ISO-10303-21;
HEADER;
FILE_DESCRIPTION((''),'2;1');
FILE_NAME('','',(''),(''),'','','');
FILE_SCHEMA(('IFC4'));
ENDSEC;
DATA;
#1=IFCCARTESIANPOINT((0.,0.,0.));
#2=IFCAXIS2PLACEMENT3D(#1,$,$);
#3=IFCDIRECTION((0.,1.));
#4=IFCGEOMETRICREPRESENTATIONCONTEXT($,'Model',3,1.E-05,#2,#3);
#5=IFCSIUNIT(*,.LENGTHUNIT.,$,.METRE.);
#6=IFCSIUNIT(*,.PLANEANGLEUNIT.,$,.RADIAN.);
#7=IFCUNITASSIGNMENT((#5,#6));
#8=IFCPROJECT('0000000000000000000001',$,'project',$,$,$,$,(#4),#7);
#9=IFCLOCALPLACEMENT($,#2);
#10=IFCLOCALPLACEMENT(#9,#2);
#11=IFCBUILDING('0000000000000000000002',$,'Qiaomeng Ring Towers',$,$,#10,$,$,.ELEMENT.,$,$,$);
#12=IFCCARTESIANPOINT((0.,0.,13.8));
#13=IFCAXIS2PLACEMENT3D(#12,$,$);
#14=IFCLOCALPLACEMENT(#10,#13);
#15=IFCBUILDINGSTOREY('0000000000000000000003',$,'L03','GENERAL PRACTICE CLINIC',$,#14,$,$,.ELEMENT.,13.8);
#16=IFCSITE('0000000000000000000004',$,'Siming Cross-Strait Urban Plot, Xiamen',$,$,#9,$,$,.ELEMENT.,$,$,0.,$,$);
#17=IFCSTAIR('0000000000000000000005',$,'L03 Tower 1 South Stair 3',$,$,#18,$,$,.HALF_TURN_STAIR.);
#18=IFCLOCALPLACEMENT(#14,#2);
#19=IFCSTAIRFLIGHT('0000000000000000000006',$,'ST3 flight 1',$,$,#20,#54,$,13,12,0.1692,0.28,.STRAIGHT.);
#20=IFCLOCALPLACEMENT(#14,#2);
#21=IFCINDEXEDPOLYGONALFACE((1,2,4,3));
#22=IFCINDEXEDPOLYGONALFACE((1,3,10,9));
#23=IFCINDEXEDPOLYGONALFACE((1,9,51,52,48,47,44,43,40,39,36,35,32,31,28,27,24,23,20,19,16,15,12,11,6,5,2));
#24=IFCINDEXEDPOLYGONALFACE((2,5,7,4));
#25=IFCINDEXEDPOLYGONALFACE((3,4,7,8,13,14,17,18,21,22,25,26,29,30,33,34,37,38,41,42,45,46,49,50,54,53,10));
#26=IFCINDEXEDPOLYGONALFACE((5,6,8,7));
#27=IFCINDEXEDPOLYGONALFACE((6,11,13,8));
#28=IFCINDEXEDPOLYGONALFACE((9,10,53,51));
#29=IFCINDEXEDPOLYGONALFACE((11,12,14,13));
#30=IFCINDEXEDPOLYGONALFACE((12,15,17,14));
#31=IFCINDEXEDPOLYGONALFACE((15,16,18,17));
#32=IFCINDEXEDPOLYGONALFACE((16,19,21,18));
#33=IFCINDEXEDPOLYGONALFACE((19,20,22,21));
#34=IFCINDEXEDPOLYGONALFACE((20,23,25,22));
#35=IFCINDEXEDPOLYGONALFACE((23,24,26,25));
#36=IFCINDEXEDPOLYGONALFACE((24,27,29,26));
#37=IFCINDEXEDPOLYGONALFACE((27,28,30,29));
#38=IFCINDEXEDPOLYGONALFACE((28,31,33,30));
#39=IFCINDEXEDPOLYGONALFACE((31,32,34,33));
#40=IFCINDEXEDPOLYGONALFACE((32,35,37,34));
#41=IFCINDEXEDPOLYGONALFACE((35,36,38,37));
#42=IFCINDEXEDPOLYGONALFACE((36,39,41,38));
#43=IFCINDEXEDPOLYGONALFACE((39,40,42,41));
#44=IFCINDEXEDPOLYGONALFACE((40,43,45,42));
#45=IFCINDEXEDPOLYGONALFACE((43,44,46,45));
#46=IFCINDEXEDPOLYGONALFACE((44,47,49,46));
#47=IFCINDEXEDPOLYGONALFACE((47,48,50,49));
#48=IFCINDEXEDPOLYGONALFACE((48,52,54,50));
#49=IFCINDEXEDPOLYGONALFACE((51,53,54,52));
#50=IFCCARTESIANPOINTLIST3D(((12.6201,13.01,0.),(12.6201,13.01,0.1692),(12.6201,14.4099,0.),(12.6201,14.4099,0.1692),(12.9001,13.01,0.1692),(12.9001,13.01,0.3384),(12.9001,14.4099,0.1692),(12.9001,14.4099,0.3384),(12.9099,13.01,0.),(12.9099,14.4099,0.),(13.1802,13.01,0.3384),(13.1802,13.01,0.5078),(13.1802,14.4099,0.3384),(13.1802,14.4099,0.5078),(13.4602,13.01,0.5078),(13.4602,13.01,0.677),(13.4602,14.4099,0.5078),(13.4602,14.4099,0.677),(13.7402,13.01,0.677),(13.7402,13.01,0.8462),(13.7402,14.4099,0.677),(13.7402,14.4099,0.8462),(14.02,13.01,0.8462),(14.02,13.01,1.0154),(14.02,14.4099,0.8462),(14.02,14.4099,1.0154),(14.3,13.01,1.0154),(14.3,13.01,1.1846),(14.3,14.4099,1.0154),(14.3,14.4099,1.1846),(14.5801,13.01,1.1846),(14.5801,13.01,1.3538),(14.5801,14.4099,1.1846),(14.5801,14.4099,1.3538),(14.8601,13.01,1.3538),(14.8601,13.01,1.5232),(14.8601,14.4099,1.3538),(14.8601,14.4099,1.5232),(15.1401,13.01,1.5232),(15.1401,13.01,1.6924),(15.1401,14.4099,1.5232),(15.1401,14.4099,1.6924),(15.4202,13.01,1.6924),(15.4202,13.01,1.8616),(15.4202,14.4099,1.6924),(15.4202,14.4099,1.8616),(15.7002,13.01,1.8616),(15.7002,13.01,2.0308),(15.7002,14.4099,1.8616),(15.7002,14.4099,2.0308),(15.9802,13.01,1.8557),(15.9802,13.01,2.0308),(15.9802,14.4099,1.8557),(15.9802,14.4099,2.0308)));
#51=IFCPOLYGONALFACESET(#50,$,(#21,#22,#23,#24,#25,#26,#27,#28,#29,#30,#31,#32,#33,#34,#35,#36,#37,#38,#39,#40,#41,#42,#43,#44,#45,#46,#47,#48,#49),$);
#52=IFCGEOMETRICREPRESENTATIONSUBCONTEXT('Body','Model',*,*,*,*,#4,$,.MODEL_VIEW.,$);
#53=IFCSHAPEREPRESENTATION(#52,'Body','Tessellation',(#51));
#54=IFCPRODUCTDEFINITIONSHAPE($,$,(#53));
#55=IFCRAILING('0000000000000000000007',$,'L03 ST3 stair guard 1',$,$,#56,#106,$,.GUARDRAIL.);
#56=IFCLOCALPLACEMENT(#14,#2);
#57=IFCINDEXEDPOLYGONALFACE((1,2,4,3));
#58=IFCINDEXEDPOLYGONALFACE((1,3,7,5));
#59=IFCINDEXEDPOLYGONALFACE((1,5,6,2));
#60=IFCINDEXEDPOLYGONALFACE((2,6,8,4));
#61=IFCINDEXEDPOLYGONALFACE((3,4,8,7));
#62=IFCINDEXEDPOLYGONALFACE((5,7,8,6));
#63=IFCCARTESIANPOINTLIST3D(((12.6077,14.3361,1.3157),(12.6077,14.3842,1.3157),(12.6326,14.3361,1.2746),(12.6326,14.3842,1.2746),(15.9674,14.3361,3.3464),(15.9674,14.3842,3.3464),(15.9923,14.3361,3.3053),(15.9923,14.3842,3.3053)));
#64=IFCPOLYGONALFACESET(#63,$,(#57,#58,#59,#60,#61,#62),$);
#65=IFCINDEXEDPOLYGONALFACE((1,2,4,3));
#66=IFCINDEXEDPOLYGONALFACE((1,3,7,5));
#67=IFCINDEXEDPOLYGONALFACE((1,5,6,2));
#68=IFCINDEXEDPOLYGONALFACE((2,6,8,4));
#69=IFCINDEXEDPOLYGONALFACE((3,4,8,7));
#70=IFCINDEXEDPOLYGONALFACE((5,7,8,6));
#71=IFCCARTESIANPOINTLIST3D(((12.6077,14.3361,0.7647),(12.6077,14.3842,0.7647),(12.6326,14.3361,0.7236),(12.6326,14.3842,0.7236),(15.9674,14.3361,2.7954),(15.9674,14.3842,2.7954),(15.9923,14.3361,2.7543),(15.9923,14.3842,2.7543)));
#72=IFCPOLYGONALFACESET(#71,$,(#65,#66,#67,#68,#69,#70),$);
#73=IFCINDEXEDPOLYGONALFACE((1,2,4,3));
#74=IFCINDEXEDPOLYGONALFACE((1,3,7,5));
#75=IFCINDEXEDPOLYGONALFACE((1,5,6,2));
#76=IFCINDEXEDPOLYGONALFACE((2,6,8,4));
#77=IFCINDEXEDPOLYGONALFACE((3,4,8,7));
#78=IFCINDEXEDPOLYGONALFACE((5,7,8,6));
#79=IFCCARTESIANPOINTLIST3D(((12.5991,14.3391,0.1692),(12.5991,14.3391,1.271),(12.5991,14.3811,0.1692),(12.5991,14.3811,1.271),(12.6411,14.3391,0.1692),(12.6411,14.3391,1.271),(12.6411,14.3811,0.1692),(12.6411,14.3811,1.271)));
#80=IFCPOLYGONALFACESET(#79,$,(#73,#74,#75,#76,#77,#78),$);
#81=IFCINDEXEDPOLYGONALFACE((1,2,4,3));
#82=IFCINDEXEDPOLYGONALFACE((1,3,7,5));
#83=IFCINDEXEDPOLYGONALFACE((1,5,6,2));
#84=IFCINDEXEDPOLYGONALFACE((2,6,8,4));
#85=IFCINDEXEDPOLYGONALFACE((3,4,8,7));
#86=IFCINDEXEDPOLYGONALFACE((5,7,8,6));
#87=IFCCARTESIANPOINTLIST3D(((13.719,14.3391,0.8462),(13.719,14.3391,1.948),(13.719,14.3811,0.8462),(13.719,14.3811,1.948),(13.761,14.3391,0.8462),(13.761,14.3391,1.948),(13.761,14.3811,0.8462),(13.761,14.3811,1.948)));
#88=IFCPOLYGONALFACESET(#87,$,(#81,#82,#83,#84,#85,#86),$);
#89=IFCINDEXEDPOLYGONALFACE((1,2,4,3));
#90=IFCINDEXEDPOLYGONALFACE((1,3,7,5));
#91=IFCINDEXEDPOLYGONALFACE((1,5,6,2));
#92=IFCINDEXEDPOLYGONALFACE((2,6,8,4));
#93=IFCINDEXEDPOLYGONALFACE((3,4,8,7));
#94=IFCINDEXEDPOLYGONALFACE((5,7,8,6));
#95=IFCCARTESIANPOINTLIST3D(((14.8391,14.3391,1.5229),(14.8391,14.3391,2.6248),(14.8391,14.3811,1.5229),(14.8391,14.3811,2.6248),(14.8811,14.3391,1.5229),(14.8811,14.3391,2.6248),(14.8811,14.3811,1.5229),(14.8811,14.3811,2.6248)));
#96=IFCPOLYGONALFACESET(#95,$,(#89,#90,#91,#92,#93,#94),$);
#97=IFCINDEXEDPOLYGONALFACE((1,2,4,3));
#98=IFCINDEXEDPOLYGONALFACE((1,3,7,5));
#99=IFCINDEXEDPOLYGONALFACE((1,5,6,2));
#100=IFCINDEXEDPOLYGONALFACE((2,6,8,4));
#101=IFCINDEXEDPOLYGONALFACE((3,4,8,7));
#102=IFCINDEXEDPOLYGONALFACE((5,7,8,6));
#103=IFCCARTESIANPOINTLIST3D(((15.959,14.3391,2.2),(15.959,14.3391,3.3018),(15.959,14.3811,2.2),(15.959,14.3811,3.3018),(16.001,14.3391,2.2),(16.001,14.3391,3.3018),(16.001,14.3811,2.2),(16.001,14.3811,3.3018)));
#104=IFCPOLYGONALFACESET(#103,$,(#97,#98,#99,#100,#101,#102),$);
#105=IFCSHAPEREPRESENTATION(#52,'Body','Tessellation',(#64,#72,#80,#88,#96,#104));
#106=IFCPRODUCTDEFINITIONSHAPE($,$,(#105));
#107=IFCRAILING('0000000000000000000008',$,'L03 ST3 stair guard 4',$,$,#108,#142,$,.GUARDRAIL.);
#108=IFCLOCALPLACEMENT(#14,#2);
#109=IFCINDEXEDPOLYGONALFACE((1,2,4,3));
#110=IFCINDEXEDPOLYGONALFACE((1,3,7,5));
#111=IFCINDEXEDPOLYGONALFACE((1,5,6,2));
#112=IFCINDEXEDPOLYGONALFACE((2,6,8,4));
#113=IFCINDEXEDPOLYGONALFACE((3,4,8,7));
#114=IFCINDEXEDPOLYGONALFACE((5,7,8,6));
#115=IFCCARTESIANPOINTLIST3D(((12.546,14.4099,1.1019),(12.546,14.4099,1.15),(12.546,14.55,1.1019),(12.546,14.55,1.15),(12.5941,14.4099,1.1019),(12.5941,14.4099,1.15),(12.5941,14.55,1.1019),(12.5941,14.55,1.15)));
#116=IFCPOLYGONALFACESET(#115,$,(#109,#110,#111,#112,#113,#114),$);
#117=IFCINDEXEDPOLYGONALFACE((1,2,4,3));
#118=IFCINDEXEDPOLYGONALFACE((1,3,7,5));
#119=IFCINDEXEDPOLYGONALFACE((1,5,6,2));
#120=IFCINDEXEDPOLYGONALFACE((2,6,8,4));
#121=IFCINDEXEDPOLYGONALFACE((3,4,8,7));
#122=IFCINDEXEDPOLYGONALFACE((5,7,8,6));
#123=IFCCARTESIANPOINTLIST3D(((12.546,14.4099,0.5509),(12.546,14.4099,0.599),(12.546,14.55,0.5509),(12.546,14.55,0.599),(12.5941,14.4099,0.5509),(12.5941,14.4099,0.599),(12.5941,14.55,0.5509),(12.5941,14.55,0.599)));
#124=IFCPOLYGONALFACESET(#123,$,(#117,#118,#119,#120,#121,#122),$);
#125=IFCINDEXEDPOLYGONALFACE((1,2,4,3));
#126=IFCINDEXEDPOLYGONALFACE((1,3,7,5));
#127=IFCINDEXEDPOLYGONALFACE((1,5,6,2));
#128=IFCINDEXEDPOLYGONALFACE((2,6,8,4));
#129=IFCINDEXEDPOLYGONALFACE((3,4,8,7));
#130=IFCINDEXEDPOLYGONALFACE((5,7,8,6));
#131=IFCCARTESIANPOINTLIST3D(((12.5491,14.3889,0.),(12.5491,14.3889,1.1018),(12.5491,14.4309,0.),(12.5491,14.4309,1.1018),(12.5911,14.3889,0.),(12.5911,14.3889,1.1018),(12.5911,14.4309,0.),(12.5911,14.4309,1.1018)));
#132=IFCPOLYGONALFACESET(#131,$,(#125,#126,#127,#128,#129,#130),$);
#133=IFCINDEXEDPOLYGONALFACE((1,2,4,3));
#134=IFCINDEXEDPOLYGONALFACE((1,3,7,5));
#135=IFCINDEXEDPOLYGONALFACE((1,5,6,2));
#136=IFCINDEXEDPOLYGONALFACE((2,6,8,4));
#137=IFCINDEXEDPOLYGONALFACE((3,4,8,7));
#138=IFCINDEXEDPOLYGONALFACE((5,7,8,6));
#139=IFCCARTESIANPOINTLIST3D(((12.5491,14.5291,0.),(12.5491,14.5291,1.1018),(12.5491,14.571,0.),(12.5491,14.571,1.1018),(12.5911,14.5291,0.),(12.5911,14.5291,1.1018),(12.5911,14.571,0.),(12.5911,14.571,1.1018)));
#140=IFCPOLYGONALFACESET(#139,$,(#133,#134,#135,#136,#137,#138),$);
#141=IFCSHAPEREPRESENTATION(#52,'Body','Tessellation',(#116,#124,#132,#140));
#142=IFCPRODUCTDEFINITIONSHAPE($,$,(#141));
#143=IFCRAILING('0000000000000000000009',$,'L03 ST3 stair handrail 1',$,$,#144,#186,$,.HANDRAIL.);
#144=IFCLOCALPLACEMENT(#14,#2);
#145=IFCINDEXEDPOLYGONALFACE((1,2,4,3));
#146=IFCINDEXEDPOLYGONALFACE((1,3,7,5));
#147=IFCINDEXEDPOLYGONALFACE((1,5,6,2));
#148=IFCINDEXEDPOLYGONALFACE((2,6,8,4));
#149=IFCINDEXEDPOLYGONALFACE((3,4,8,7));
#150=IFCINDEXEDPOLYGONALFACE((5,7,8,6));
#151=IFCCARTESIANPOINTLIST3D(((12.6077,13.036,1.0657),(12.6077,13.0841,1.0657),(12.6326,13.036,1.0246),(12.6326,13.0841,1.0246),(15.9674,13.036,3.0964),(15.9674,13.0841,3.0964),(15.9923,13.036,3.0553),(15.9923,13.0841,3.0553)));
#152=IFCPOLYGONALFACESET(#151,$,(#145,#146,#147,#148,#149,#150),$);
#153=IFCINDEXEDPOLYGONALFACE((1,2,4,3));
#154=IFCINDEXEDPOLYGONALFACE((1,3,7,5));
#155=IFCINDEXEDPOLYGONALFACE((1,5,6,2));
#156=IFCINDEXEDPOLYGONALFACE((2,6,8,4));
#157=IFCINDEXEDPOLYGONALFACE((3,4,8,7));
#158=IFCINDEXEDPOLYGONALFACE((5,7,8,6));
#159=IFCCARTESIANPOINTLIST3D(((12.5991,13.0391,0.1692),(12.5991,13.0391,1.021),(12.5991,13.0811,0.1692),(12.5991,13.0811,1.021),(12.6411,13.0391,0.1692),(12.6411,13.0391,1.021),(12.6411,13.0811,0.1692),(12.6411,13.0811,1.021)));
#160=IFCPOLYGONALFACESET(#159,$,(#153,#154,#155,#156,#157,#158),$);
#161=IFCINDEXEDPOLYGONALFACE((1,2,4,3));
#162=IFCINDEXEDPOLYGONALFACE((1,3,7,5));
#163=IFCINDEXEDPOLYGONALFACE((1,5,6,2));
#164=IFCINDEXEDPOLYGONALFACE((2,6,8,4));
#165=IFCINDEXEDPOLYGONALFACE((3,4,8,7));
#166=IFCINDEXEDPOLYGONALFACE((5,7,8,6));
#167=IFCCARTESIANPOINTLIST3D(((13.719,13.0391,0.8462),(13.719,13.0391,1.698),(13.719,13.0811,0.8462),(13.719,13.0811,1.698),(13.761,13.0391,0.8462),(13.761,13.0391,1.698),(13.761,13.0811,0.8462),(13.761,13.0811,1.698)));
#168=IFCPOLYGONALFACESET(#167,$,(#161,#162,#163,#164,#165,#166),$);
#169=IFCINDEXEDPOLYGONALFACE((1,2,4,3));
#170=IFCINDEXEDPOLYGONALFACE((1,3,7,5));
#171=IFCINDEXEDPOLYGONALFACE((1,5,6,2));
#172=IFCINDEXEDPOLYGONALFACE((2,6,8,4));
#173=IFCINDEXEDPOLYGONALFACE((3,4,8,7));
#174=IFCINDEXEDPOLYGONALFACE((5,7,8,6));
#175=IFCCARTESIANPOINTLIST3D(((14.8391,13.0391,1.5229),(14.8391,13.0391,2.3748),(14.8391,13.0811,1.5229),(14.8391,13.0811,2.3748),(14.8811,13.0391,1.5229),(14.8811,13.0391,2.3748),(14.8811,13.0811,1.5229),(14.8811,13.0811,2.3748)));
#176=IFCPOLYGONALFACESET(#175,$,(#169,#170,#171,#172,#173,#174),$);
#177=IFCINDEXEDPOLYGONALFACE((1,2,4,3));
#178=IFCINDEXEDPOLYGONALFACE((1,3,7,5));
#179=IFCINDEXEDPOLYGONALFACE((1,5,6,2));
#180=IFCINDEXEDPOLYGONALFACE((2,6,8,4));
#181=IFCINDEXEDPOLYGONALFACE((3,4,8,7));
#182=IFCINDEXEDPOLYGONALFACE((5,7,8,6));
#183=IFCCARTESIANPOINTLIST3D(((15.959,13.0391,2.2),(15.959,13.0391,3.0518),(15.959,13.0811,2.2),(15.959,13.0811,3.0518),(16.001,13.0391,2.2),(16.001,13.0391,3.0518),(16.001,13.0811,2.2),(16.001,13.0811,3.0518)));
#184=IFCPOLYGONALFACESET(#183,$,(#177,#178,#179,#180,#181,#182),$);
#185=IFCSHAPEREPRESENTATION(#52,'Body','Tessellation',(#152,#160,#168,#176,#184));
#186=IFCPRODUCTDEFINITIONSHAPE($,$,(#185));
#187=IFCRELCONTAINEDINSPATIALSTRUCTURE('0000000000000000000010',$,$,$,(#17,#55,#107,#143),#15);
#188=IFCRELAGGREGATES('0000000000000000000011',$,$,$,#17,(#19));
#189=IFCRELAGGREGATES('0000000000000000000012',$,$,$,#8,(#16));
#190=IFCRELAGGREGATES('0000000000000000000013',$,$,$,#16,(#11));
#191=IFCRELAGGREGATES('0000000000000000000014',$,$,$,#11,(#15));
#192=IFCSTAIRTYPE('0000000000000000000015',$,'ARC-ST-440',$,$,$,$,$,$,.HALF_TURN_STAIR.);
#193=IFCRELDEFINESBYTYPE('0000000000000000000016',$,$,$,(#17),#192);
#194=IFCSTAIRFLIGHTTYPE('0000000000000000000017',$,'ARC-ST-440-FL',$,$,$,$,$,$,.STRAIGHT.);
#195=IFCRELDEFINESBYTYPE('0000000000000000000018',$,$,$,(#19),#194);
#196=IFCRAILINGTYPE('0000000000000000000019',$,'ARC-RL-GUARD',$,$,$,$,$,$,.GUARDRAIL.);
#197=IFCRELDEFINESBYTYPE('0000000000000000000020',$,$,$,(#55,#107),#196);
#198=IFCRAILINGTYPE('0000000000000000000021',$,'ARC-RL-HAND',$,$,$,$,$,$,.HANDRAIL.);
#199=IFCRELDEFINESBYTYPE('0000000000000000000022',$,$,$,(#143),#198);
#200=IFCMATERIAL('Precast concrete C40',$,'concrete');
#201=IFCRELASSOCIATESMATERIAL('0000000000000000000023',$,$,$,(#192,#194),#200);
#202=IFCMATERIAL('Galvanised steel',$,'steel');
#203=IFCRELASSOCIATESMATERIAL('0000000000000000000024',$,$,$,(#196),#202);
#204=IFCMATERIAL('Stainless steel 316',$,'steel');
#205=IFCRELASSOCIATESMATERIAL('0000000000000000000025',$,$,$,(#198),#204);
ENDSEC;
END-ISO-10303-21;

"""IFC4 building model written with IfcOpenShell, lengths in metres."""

from ifc_helpers import new_model, si_unit, direction, frame, origin, origin_2d, place, context, subcontext, project, spatial, polyline, rectangle, outline, extrude, source, transform, mapped, material, type_object, element, aggregate, save


model = new_model("IFC4")

# Units and contexts
model_context = context("Model", 3, precision=1e-05, world=origin(), true_north=direction((0.0, 1.0)))
body_context = subcontext(model_context, "Body", "Model", "MODEL_VIEW")
ifc_project = project(units=[si_unit("LENGTHUNIT", "METRE"), si_unit("PLANEANGLEUNIT", "RADIAN")], contexts=[model_context])

# Site, building, storey
site_placement = place(None, origin())
site = spatial("IfcSite", under=ifc_project, at=site_placement, Name="Siming Cross-Strait Urban Plot, Xiamen", CompositionType="ELEMENT", RefElevation=0.0)
building_placement = place(site_placement, origin())
building = spatial("IfcBuilding", under=site, at=building_placement, Name="Qiaomeng Ring Towers", CompositionType="ELEMENT")
storey_placement = place(building_placement, frame((0.0, 0.0, 13.8)))
storey = spatial("IfcBuildingStorey", under=building, at=storey_placement, Name="L03", Description="GENERAL PRACTICE CLINIC", CompositionType="ELEMENT", Elevation=13.8)

# Shared definitions
ifc_material_1 = material(Name="Galvanised steel", Category="steel")

# Stair, stair flight
ifc_material_2 = material(Name="Precast concrete C40", Category="concrete")
stair_type = type_object("IfcStairType", Name="ARC-ST-440", PredefinedType="HALF_TURN_STAIR", material=ifc_material_2)
stair_placement = place(storey_placement, origin())
stair = element("IfcStair", 1, at=stair_placement, inside=storey, type_object=stair_type, Name="L03 Tower 1 South Stair 3", PredefinedType="HALF_TURN_STAIR")
stair_flight_type = type_object("IfcStairFlightType", Name="ARC-ST-440-FL", PredefinedType="STRAIGHT", material=ifc_material_2)
shared_shape_1 = source(origin(), body_context, "Body", "SweptSolid", [
    extrude(outline(polyline([(0.0, 0.0), (0.0, 0.1692), (0.28, 0.1692), (0.28, 0.3384), (0.5601, 0.3384), (0.5601, 0.5078), (0.8401, 0.5078), (0.8401, 0.677), (1.1201, 0.677), (1.1201, 0.8462), (1.3999, 0.8462), (1.3999, 1.0154), (1.6799, 1.0154), (1.6799, 1.1846), (1.96, 1.1846), (1.96, 1.3538), (2.24, 1.3538), (2.24, 1.5232), (2.52, 1.5232), (2.52, 1.6924), (2.8, 1.6924), (2.8, 1.8616), (3.0801, 1.8616), (3.0801, 2.0308), (3.3601, 2.0308), (3.3601, 2.2), (3.3601, 1.8557), (0.2898, 0.0), (0.0, 0.0)])), frame((0.0, 0.7, 0.0), z_axis=(0.0, -1.0, 0.0), x_axis=(1.0, 0.0, 0.0)), (0.0, 0.0, 1.0), 1.3999),
])
stair_flight_placement = place(storey_placement, frame((12.6201, 13.71, 0.0), z_axis=(0.0, 0.0, 1.0), x_axis=(1.0, 0.0, 0.0)))
stair_flight = element("IfcStairFlight", 2, at=stair_flight_placement, type_object=stair_flight_type, Name="ST3 flight 1", NumberOfRisers=13, NumberOfTreads=12, PredefinedType="STRAIGHT", RiserHeight=0.1692, TreadLength=0.28, context=body_context, shape_type="MappedRepresentation", body=[
    mapped(shared_shape_1, transform((0.0, 0.0, 0.0), x_axis=(1.0, 0.0, 0.0), y_axis=(0.0, 1.0, 0.0), z_axis=(0.0, 0.0, 1.0), scale=1.0)),
])
aggregate(stair, [stair_flight])

# Railings
railing_type_1 = type_object("IfcRailingType", Name="ARC-RL-GUARD", PredefinedType="GUARDRAIL", material=ifc_material_1)
railing_1_placement = place(storey_placement, frame((12.6201, 14.3601, 0.1692)))
element("IfcRailing", 3, at=railing_1_placement, inside=storey, type_object=railing_type_1, Name="L03 ST3 stair guard 1", PredefinedType="GUARDRAIL", context=body_context, shape_type="SweptSolid", body=[
    extrude(rectangle(XDim=0.0481, YDim=0.0481, at=origin_2d()), frame((0.0, 0.0, 1.126), z_axis=(0.85582, 0.0, 0.517273), x_axis=(0.0, 1.0, 0.0)), (0.0, 0.0, 1.0), 3.9258),
    extrude(rectangle(XDim=0.0481, YDim=0.0481, at=origin_2d()), frame((0.0, 0.0, 0.575), z_axis=(0.85582, 0.0, 0.517273), x_axis=(0.0, 1.0, 0.0)), (0.0, 0.0, 1.0), 3.9258),
    extrude(rectangle(XDim=0.042, YDim=0.042, at=origin_2d()), origin(), (0.0, 0.0, 1.0), 1.1018),
    extrude(rectangle(XDim=0.042, YDim=0.042, at=origin_2d()), frame((1.1199, 0.0, 0.677)), (0.0, 0.0, 1.0), 1.1018),
    extrude(rectangle(XDim=0.042, YDim=0.042, at=origin_2d()), frame((2.24, 0.0, 1.3538)), (0.0, 0.0, 1.0), 1.1018),
    extrude(rectangle(XDim=0.042, YDim=0.042, at=origin_2d()), frame((3.3599, 0.0, 2.0308)), (0.0, 0.0, 1.0), 1.1018),
])
railing_2_placement = place(storey_placement, frame((12.5701, 14.4099, 0.0)))
element("IfcRailing", 4, at=railing_2_placement, inside=storey, type_object=railing_type_1, Name="L03 ST3 stair guard 4", PredefinedType="GUARDRAIL", context=body_context, shape_type="SweptSolid", body=[
    extrude(rectangle(XDim=0.0481, YDim=0.0481, at=origin_2d()), frame((0.0, 0.0, 1.126), z_axis=(0.0, 1.0, 0.0), x_axis=(-1.0, 0.0, 0.0)), (0.0, 0.0, 1.0), 0.1401),
    extrude(rectangle(XDim=0.0481, YDim=0.0481, at=origin_2d()), frame((0.0, 0.0, 0.575), z_axis=(0.0, 1.0, 0.0), x_axis=(-1.0, 0.0, 0.0)), (0.0, 0.0, 1.0), 0.1401),
    extrude(rectangle(XDim=0.042, YDim=0.042, at=origin_2d()), origin(), (0.0, 0.0, 1.0), 1.1018),
    extrude(rectangle(XDim=0.042, YDim=0.042, at=origin_2d()), frame((0.0, 0.1401, 0.0)), (0.0, 0.0, 1.0), 1.1018),
])
ifc_material_3 = material(Name="Stainless steel 316", Category="steel")
railing_type_2 = type_object("IfcRailingType", Name="ARC-RL-HAND", PredefinedType="HANDRAIL", material=ifc_material_3)
railing_3_placement = place(storey_placement, frame((12.6201, 13.0601, 0.1692)))
element("IfcRailing", 5, at=railing_3_placement, inside=storey, type_object=railing_type_2, Name="L03 ST3 stair handrail 1", PredefinedType="HANDRAIL", context=body_context, shape_type="SweptSolid", body=[
    extrude(rectangle(XDim=0.0481, YDim=0.0481, at=origin_2d()), frame((0.0, 0.0, 0.876), z_axis=(0.85582, 0.0, 0.517273), x_axis=(0.0, 1.0, 0.0)), (0.0, 0.0, 1.0), 3.9258),
    extrude(rectangle(XDim=0.042, YDim=0.042, at=origin_2d()), origin(), (0.0, 0.0, 1.0), 0.8518),
    extrude(rectangle(XDim=0.042, YDim=0.042, at=origin_2d()), frame((1.1199, 0.0, 0.677)), (0.0, 0.0, 1.0), 0.8518),
    extrude(rectangle(XDim=0.042, YDim=0.042, at=origin_2d()), frame((2.24, 0.0, 1.3538)), (0.0, 0.0, 1.0), 0.8518),
    extrude(rectangle(XDim=0.042, YDim=0.042, at=origin_2d()), frame((3.3599, 0.0, 2.0308)), (0.0, 0.0, 1.0), 0.8518),
])

save(model, "model.ifc")
